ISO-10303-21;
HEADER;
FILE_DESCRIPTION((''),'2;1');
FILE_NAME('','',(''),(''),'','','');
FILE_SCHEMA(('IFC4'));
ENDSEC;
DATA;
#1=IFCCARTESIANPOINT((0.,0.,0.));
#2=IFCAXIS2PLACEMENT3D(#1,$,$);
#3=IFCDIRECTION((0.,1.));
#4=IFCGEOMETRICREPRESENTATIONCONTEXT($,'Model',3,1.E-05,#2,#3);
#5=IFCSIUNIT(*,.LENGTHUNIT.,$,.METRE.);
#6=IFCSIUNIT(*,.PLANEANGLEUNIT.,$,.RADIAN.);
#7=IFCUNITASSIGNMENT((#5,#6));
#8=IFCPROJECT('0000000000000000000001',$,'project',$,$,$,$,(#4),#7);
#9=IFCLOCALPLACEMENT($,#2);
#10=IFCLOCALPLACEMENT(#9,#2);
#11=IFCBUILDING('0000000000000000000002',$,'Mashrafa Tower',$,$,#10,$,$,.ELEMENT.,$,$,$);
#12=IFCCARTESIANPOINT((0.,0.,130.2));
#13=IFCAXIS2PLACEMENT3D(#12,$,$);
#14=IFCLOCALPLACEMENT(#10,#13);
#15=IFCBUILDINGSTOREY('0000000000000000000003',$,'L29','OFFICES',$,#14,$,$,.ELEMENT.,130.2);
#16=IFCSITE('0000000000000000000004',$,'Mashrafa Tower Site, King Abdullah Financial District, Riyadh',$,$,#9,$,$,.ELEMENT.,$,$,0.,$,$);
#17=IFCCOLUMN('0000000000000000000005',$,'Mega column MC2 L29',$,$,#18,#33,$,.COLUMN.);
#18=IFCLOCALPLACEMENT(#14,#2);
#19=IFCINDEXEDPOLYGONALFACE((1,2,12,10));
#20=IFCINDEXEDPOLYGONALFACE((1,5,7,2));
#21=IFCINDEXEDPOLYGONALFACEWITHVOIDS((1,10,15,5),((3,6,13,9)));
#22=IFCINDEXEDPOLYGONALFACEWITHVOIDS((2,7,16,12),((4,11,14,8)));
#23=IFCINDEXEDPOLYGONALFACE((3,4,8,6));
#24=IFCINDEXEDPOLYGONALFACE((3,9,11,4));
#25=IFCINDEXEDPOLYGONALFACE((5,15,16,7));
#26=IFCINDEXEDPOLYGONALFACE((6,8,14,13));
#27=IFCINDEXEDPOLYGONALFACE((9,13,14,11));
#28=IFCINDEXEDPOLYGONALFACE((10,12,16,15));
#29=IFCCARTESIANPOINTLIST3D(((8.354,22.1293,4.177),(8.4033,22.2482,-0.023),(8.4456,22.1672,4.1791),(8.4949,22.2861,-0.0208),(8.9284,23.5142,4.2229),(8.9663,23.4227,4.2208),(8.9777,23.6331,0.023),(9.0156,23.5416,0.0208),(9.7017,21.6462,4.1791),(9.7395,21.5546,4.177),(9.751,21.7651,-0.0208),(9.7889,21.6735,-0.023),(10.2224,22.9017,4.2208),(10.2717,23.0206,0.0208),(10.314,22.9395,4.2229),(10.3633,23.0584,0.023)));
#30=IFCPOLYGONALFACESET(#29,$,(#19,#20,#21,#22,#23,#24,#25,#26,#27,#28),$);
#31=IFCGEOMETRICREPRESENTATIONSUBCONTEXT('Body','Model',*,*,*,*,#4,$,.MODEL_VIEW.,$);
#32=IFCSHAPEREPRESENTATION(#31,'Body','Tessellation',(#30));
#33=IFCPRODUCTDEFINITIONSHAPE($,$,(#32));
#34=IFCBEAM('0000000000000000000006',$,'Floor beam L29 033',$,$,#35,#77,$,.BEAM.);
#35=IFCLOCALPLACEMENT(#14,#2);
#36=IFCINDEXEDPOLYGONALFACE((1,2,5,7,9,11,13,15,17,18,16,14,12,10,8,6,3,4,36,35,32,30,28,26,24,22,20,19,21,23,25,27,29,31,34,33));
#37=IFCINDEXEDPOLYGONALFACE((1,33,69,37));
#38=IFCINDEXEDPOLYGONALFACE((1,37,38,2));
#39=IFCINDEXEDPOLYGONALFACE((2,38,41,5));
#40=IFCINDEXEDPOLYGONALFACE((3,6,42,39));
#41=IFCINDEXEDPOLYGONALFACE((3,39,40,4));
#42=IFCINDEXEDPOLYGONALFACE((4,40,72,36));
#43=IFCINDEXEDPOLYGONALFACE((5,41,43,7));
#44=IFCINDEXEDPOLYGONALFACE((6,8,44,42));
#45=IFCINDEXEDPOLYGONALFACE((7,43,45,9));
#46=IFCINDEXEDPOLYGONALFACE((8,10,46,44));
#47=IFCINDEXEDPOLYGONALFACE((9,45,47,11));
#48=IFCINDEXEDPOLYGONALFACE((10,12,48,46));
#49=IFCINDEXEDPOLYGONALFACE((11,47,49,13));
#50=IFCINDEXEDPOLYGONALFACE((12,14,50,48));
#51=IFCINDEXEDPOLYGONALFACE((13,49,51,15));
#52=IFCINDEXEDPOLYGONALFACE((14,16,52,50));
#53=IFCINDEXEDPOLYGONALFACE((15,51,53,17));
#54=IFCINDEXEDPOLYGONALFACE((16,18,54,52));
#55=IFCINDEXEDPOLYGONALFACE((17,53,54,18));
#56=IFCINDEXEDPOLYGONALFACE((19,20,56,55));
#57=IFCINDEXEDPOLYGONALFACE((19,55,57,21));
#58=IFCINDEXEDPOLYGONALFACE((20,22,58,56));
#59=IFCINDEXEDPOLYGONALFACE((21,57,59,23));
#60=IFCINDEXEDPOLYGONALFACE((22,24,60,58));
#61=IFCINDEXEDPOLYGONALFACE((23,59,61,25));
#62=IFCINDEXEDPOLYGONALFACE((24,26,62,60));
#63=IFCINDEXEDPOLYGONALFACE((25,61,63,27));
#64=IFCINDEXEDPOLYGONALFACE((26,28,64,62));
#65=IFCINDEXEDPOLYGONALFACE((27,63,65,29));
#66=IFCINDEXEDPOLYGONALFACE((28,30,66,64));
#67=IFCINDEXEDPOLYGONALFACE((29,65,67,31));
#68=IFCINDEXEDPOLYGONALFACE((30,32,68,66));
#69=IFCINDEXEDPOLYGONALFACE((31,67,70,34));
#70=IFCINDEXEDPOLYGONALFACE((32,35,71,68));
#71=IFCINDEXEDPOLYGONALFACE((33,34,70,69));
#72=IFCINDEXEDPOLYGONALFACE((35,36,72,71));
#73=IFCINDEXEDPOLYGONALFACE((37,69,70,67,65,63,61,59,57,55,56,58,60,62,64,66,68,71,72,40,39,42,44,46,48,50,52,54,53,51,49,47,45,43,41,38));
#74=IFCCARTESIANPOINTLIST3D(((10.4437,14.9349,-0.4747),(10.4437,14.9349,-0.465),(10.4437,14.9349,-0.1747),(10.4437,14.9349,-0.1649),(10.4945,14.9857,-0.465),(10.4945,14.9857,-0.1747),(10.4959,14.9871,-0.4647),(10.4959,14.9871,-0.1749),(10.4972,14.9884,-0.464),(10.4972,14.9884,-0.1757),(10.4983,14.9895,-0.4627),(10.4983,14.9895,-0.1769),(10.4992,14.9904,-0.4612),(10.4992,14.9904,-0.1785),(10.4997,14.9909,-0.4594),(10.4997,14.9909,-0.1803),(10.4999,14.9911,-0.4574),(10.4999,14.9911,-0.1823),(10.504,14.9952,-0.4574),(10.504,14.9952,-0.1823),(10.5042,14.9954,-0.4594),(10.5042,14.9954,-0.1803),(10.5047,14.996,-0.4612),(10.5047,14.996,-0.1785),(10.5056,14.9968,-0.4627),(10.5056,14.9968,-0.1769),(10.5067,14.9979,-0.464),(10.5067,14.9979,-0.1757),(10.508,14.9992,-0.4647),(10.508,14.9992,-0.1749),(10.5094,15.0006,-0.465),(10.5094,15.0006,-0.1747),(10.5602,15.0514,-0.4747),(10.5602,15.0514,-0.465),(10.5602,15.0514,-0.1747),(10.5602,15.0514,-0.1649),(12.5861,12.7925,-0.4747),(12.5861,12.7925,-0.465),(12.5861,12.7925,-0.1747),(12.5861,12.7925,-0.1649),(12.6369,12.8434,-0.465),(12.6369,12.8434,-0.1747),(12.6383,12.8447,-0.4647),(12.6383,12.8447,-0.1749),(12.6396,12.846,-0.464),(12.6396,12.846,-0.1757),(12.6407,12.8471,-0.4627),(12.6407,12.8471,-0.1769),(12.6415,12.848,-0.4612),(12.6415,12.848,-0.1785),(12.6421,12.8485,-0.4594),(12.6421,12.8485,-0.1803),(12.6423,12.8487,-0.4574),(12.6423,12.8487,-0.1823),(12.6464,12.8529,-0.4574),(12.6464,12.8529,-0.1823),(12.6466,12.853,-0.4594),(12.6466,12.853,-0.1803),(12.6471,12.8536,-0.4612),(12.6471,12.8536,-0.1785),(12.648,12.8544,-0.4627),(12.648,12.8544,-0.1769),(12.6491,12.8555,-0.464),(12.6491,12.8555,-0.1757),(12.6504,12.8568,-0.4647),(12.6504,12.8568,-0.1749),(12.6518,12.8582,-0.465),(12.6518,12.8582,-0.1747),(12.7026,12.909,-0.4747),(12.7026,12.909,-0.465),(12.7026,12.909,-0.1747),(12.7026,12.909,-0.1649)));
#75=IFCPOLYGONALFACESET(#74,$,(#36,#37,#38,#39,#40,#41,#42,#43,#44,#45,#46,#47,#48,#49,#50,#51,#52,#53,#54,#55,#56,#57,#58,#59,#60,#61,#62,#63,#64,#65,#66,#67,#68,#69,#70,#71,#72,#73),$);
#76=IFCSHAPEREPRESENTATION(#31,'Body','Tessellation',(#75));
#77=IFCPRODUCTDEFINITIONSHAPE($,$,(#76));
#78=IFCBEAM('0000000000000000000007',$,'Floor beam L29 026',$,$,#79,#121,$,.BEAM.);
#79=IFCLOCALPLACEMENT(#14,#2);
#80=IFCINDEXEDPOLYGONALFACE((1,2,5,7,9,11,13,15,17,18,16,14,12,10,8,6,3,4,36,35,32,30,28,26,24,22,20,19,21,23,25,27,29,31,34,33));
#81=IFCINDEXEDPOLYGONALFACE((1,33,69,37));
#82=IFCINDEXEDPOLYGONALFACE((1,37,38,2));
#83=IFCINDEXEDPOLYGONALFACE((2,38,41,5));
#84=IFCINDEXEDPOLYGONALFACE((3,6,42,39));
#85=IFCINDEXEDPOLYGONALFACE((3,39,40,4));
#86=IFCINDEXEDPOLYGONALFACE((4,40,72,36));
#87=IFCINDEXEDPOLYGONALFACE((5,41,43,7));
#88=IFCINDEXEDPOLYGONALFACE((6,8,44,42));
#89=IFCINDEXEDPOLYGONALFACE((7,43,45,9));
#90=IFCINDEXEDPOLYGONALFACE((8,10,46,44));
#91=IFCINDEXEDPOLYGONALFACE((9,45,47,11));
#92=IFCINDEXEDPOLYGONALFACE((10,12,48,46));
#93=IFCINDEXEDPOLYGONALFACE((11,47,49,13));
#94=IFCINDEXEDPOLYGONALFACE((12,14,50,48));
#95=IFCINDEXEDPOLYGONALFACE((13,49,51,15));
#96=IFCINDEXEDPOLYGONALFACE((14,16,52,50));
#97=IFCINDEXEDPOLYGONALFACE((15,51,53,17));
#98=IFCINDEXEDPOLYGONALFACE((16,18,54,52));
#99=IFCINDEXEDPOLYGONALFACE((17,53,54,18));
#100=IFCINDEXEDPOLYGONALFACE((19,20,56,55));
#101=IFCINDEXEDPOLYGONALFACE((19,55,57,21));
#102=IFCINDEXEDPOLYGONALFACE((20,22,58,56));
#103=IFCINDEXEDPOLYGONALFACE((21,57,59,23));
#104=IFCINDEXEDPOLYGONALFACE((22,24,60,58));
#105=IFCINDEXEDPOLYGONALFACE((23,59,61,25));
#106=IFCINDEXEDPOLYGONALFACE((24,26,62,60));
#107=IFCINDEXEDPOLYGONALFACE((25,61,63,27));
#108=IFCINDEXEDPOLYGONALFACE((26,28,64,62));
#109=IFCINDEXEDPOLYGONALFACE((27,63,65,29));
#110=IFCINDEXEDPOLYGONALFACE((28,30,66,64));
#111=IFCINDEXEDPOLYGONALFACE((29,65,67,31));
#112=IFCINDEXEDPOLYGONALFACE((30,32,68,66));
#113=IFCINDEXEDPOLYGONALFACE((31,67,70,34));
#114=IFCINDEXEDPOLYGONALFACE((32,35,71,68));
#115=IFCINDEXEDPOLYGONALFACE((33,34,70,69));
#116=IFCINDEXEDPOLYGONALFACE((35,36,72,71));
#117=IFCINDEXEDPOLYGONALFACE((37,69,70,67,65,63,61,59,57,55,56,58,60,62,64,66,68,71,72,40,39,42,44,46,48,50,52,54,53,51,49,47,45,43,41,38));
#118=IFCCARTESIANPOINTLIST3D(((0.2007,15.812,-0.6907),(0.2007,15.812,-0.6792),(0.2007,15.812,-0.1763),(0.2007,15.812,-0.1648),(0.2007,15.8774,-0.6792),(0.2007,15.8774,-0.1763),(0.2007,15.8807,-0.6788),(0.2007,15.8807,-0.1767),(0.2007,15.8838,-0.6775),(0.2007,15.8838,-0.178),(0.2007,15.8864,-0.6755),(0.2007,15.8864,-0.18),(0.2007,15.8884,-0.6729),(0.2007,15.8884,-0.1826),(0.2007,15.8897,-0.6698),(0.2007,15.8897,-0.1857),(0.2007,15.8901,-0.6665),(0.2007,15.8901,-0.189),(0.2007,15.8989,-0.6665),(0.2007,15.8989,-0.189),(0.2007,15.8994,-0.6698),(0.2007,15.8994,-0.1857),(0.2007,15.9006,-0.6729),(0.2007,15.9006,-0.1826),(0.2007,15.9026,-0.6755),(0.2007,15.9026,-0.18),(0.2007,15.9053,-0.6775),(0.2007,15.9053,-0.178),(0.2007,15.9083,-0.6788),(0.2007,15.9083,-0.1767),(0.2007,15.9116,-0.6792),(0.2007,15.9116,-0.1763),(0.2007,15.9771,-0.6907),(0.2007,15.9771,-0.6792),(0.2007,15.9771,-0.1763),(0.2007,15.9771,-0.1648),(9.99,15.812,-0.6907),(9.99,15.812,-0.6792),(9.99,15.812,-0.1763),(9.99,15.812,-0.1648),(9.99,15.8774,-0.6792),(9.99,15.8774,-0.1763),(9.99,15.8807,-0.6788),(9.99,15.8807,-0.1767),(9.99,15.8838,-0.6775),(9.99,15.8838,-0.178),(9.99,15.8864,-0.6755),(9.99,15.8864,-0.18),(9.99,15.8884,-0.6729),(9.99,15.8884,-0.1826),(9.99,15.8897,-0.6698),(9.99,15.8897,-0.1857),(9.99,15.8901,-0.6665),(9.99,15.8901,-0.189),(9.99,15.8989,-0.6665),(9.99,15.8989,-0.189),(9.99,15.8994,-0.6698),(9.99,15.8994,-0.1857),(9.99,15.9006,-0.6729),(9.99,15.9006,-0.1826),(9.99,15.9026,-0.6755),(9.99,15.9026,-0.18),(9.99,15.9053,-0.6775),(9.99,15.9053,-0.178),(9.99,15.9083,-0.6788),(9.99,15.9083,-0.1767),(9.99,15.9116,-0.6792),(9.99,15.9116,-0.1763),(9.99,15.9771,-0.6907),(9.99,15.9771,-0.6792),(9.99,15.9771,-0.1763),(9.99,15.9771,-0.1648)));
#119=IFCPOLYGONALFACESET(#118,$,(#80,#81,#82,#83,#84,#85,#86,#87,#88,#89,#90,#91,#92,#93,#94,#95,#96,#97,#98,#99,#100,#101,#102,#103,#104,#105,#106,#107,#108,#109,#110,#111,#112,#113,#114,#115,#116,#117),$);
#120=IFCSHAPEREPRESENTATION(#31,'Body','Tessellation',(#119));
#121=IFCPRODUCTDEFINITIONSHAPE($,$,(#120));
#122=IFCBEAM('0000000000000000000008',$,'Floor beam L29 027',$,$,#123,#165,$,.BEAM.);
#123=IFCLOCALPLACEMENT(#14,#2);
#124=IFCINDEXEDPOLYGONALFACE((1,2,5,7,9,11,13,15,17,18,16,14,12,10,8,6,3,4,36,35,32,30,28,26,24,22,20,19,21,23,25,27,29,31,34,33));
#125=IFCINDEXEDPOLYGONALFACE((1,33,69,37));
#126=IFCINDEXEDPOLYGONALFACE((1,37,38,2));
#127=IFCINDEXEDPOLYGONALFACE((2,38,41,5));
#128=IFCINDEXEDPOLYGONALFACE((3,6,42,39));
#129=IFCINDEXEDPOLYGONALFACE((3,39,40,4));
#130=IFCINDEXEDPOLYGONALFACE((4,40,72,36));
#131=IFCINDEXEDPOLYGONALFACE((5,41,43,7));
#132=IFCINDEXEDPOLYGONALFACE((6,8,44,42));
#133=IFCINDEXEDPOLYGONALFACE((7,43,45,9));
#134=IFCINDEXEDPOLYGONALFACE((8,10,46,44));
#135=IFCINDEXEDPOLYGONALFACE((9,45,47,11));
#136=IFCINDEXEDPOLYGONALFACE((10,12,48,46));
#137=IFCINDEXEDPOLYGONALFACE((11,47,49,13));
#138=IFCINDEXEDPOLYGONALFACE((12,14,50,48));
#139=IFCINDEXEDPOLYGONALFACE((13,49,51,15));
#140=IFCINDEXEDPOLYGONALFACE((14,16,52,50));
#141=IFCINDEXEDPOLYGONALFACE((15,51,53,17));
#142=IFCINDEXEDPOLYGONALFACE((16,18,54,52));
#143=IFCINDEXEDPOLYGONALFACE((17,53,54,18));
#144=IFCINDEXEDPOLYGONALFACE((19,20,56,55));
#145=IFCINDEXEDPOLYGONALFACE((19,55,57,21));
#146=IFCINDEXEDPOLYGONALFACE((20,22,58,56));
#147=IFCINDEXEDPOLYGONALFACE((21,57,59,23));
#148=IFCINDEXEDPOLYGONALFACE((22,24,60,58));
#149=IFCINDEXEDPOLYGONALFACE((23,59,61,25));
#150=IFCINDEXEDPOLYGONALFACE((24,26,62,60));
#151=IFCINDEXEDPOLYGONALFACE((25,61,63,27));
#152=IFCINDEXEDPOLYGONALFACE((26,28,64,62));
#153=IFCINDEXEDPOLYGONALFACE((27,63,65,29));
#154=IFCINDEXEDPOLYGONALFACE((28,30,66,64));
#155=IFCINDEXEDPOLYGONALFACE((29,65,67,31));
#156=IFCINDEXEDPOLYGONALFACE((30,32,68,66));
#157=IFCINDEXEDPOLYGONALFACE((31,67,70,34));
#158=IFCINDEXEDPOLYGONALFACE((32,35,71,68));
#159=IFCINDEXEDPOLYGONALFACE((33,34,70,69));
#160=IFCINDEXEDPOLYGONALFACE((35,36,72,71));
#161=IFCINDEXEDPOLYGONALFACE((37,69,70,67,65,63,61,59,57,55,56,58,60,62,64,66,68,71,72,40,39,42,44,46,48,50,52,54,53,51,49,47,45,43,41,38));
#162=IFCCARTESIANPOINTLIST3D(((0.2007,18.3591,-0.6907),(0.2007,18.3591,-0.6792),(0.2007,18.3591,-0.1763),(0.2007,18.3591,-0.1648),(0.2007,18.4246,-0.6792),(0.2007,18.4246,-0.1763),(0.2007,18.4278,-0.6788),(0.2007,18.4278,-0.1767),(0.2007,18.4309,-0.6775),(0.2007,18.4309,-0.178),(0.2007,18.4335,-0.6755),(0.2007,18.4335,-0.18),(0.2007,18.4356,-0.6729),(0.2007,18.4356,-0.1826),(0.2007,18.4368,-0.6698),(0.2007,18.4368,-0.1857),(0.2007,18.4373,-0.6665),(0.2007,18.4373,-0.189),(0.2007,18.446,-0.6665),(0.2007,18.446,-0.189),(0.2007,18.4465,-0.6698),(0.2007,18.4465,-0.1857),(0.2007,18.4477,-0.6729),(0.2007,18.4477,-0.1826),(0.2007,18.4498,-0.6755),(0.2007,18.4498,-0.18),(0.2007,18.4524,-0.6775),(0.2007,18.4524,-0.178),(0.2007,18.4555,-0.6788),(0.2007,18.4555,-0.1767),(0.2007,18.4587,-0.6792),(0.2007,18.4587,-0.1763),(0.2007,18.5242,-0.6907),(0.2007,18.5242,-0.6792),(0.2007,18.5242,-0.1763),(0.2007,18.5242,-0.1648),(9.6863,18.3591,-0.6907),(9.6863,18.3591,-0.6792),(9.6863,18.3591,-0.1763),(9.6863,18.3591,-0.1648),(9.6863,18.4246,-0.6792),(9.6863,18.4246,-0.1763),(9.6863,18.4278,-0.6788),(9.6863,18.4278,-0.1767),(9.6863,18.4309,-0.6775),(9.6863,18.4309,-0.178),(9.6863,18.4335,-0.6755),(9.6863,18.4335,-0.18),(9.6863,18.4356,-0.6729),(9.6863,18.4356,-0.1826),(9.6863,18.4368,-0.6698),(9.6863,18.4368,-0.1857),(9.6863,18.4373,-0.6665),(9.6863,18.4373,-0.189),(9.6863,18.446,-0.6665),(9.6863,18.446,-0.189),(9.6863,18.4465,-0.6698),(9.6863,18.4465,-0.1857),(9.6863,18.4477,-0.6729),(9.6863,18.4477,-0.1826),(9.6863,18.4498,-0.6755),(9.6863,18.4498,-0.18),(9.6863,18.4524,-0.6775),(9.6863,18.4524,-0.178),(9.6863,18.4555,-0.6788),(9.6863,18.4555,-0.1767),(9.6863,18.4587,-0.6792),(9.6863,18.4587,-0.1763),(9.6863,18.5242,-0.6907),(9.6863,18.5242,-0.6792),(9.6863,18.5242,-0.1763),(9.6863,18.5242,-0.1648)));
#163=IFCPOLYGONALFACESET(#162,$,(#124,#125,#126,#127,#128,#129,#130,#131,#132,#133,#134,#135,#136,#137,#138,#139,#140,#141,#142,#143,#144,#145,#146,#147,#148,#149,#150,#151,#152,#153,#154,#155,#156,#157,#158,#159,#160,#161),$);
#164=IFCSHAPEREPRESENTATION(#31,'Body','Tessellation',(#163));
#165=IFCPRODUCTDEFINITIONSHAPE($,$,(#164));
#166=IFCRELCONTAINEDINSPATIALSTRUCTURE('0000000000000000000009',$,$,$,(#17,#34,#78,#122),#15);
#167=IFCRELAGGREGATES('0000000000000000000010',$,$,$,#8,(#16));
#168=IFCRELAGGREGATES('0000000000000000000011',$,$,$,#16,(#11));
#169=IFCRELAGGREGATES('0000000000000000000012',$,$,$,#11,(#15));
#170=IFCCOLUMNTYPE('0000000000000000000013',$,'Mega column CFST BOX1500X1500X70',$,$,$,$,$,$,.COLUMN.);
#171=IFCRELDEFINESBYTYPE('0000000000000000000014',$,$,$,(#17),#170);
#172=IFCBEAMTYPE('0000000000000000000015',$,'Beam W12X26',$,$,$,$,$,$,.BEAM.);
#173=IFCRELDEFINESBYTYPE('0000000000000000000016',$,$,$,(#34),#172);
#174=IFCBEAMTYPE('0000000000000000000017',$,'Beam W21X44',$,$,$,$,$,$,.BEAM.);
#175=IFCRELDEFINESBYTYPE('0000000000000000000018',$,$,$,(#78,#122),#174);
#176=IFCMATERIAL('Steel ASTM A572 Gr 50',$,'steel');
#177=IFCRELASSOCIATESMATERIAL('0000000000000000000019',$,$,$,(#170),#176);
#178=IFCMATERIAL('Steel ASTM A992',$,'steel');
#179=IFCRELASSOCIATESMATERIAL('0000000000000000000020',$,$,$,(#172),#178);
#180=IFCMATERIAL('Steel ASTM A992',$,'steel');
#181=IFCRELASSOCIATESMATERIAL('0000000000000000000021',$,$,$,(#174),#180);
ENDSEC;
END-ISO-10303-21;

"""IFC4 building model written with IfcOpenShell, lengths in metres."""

from ifc_helpers import new_model, si_unit, direction, frame, origin, origin_2d, place, context, subcontext, project, spatial, hollow_rectangle, i_section, extrude, material, material_profile, profile_set, type_object, element, save


model = new_model("IFC4")

# Units and contexts
model_context = context("Model", 3, precision=1e-05, world=origin(), true_north=direction((0.0, 1.0)))
body_context = subcontext(model_context, "Body", "Model", "MODEL_VIEW")
ifc_project = project(units=[si_unit("LENGTHUNIT", "METRE"), si_unit("PLANEANGLEUNIT", "RADIAN")], contexts=[model_context])

# Site, building, storey
site_placement = place(None, origin())
site = spatial("IfcSite", under=ifc_project, at=site_placement, Name="Mashrafa Tower Site, King Abdullah Financial District, Riyadh", CompositionType="ELEMENT", RefElevation=0.0)
building_placement = place(site_placement, origin())
building = spatial("IfcBuilding", under=site, at=building_placement, Name="Mashrafa Tower", CompositionType="ELEMENT")
storey_placement = place(building_placement, frame((0.0, 0.0, 130.2)))
storey = spatial("IfcBuildingStorey", under=building, at=storey_placement, Name="L29", Description="OFFICES", CompositionType="ELEMENT", Elevation=130.2)

# Column
ifc_material_1 = material(Name="Steel ASTM A572 Gr 50", Category="steel")
ifc_material_profile_1 = material_profile(ifc_material_1, hollow_rectangle(XDim=1.5, YDim=1.5, WallThickness=0.0701, at=origin_2d()), Name="BOX1500X1500X70")
ifc_profile_set_1 = profile_set([ifc_material_profile_1], Name="Steel ASTM A572 Gr 50")
column_type = type_object("IfcColumnType", Name="Mega column CFST BOX1500X1500X70", PredefinedType="COLUMN", material=ifc_profile_set_1)
column_placement = place(storey_placement, frame((9.3833, 22.6533, 0.0), z_axis=(-0.011737, -0.028296, 0.999531), x_axis=(0.923693, -0.383133, 0.0)))
element("IfcColumn", 1, at=column_placement, inside=storey, type_object=column_type, Name="Mega column MC2 L29", PredefinedType="COLUMN", context=body_context, shape_type="SweptSolid", body=[
    extrude(hollow_rectangle(XDim=1.5, YDim=1.5, WallThickness=0.0701, at=origin_2d()), origin(), (0.0, 0.0, 1.0), 4.2019),
])

# Beams
ifc_material_2 = material(Name="Steel ASTM A992", Category="steel")
ifc_material_profile_2 = material_profile(ifc_material_2, i_section(OverallWidth=0.1648, OverallDepth=0.3098, WebThickness=0.0059, FlangeThickness=0.0098, FilletRadius=0.0076, at=origin_2d()), Name="W12X26")
ifc_profile_set_2 = profile_set([ifc_material_profile_2], Name="Steel ASTM A992")
beam_type_1 = type_object("IfcBeamType", Name="Beam W12X26", PredefinedType="BEAM", material=ifc_profile_set_2)
beam_1_placement = place(storey_placement, frame((10.502, 14.9932, -0.3198), z_axis=(0.707107, -0.707107, 0.0), x_axis=(0.707107, 0.707107, 0.0)))
element("IfcBeam", 2, at=beam_1_placement, inside=storey, type_object=beam_type_1, Name="Floor beam L29 033", PredefinedType="BEAM", context=body_context, shape_type="SweptSolid", body=[
    extrude(i_section(OverallWidth=0.1648, OverallDepth=0.3098, WebThickness=0.0059, FlangeThickness=0.0098, FilletRadius=0.0076, at=origin_2d()), origin(), (0.0, 0.0, 1.0), 3.0298),
])
ifc_material_3 = material(Name="Steel ASTM A992", Category="steel")
ifc_material_profile_3 = material_profile(ifc_material_3, i_section(OverallWidth=0.165, OverallDepth=0.5259, WebThickness=0.0088, FlangeThickness=0.0115, FilletRadius=0.0127, at=origin_2d()), Name="W21X44")
ifc_profile_set_3 = profile_set([ifc_material_profile_3], Name="Steel ASTM A992")
beam_type_2 = type_object("IfcBeamType", Name="Beam W21X44", PredefinedType="BEAM", material=ifc_profile_set_3)
beam_2_placement = place(storey_placement, frame((0.2007, 15.8945, -0.4277), z_axis=(1.0, 0.0, 0.0), x_axis=(0.0, 1.0, 0.0)))
element("IfcBeam", 3, at=beam_2_placement, inside=storey, type_object=beam_type_2, Name="Floor beam L29 026", PredefinedType="BEAM", context=body_context, shape_type="SweptSolid", body=[
    extrude(i_section(OverallWidth=0.165, OverallDepth=0.5259, WebThickness=0.0088, FlangeThickness=0.0115, FilletRadius=0.0127, at=origin_2d()), origin(), (0.0, 0.0, 1.0), 9.7893),
])
beam_3_placement = place(storey_placement, frame((0.2007, 18.4417, -0.4277), z_axis=(1.0, 0.0, 0.0), x_axis=(0.0, 1.0, 0.0)))
element("IfcBeam", 4, at=beam_3_placement, inside=storey, type_object=beam_type_2, Name="Floor beam L29 027", PredefinedType="BEAM", context=body_context, shape_type="SweptSolid", body=[
    extrude(i_section(OverallWidth=0.165, OverallDepth=0.5259, WebThickness=0.0088, FlangeThickness=0.0115, FilletRadius=0.0127, at=origin_2d()), origin(), (0.0, 0.0, 1.0), 9.4856),
])

save(model, "model.ifc")
